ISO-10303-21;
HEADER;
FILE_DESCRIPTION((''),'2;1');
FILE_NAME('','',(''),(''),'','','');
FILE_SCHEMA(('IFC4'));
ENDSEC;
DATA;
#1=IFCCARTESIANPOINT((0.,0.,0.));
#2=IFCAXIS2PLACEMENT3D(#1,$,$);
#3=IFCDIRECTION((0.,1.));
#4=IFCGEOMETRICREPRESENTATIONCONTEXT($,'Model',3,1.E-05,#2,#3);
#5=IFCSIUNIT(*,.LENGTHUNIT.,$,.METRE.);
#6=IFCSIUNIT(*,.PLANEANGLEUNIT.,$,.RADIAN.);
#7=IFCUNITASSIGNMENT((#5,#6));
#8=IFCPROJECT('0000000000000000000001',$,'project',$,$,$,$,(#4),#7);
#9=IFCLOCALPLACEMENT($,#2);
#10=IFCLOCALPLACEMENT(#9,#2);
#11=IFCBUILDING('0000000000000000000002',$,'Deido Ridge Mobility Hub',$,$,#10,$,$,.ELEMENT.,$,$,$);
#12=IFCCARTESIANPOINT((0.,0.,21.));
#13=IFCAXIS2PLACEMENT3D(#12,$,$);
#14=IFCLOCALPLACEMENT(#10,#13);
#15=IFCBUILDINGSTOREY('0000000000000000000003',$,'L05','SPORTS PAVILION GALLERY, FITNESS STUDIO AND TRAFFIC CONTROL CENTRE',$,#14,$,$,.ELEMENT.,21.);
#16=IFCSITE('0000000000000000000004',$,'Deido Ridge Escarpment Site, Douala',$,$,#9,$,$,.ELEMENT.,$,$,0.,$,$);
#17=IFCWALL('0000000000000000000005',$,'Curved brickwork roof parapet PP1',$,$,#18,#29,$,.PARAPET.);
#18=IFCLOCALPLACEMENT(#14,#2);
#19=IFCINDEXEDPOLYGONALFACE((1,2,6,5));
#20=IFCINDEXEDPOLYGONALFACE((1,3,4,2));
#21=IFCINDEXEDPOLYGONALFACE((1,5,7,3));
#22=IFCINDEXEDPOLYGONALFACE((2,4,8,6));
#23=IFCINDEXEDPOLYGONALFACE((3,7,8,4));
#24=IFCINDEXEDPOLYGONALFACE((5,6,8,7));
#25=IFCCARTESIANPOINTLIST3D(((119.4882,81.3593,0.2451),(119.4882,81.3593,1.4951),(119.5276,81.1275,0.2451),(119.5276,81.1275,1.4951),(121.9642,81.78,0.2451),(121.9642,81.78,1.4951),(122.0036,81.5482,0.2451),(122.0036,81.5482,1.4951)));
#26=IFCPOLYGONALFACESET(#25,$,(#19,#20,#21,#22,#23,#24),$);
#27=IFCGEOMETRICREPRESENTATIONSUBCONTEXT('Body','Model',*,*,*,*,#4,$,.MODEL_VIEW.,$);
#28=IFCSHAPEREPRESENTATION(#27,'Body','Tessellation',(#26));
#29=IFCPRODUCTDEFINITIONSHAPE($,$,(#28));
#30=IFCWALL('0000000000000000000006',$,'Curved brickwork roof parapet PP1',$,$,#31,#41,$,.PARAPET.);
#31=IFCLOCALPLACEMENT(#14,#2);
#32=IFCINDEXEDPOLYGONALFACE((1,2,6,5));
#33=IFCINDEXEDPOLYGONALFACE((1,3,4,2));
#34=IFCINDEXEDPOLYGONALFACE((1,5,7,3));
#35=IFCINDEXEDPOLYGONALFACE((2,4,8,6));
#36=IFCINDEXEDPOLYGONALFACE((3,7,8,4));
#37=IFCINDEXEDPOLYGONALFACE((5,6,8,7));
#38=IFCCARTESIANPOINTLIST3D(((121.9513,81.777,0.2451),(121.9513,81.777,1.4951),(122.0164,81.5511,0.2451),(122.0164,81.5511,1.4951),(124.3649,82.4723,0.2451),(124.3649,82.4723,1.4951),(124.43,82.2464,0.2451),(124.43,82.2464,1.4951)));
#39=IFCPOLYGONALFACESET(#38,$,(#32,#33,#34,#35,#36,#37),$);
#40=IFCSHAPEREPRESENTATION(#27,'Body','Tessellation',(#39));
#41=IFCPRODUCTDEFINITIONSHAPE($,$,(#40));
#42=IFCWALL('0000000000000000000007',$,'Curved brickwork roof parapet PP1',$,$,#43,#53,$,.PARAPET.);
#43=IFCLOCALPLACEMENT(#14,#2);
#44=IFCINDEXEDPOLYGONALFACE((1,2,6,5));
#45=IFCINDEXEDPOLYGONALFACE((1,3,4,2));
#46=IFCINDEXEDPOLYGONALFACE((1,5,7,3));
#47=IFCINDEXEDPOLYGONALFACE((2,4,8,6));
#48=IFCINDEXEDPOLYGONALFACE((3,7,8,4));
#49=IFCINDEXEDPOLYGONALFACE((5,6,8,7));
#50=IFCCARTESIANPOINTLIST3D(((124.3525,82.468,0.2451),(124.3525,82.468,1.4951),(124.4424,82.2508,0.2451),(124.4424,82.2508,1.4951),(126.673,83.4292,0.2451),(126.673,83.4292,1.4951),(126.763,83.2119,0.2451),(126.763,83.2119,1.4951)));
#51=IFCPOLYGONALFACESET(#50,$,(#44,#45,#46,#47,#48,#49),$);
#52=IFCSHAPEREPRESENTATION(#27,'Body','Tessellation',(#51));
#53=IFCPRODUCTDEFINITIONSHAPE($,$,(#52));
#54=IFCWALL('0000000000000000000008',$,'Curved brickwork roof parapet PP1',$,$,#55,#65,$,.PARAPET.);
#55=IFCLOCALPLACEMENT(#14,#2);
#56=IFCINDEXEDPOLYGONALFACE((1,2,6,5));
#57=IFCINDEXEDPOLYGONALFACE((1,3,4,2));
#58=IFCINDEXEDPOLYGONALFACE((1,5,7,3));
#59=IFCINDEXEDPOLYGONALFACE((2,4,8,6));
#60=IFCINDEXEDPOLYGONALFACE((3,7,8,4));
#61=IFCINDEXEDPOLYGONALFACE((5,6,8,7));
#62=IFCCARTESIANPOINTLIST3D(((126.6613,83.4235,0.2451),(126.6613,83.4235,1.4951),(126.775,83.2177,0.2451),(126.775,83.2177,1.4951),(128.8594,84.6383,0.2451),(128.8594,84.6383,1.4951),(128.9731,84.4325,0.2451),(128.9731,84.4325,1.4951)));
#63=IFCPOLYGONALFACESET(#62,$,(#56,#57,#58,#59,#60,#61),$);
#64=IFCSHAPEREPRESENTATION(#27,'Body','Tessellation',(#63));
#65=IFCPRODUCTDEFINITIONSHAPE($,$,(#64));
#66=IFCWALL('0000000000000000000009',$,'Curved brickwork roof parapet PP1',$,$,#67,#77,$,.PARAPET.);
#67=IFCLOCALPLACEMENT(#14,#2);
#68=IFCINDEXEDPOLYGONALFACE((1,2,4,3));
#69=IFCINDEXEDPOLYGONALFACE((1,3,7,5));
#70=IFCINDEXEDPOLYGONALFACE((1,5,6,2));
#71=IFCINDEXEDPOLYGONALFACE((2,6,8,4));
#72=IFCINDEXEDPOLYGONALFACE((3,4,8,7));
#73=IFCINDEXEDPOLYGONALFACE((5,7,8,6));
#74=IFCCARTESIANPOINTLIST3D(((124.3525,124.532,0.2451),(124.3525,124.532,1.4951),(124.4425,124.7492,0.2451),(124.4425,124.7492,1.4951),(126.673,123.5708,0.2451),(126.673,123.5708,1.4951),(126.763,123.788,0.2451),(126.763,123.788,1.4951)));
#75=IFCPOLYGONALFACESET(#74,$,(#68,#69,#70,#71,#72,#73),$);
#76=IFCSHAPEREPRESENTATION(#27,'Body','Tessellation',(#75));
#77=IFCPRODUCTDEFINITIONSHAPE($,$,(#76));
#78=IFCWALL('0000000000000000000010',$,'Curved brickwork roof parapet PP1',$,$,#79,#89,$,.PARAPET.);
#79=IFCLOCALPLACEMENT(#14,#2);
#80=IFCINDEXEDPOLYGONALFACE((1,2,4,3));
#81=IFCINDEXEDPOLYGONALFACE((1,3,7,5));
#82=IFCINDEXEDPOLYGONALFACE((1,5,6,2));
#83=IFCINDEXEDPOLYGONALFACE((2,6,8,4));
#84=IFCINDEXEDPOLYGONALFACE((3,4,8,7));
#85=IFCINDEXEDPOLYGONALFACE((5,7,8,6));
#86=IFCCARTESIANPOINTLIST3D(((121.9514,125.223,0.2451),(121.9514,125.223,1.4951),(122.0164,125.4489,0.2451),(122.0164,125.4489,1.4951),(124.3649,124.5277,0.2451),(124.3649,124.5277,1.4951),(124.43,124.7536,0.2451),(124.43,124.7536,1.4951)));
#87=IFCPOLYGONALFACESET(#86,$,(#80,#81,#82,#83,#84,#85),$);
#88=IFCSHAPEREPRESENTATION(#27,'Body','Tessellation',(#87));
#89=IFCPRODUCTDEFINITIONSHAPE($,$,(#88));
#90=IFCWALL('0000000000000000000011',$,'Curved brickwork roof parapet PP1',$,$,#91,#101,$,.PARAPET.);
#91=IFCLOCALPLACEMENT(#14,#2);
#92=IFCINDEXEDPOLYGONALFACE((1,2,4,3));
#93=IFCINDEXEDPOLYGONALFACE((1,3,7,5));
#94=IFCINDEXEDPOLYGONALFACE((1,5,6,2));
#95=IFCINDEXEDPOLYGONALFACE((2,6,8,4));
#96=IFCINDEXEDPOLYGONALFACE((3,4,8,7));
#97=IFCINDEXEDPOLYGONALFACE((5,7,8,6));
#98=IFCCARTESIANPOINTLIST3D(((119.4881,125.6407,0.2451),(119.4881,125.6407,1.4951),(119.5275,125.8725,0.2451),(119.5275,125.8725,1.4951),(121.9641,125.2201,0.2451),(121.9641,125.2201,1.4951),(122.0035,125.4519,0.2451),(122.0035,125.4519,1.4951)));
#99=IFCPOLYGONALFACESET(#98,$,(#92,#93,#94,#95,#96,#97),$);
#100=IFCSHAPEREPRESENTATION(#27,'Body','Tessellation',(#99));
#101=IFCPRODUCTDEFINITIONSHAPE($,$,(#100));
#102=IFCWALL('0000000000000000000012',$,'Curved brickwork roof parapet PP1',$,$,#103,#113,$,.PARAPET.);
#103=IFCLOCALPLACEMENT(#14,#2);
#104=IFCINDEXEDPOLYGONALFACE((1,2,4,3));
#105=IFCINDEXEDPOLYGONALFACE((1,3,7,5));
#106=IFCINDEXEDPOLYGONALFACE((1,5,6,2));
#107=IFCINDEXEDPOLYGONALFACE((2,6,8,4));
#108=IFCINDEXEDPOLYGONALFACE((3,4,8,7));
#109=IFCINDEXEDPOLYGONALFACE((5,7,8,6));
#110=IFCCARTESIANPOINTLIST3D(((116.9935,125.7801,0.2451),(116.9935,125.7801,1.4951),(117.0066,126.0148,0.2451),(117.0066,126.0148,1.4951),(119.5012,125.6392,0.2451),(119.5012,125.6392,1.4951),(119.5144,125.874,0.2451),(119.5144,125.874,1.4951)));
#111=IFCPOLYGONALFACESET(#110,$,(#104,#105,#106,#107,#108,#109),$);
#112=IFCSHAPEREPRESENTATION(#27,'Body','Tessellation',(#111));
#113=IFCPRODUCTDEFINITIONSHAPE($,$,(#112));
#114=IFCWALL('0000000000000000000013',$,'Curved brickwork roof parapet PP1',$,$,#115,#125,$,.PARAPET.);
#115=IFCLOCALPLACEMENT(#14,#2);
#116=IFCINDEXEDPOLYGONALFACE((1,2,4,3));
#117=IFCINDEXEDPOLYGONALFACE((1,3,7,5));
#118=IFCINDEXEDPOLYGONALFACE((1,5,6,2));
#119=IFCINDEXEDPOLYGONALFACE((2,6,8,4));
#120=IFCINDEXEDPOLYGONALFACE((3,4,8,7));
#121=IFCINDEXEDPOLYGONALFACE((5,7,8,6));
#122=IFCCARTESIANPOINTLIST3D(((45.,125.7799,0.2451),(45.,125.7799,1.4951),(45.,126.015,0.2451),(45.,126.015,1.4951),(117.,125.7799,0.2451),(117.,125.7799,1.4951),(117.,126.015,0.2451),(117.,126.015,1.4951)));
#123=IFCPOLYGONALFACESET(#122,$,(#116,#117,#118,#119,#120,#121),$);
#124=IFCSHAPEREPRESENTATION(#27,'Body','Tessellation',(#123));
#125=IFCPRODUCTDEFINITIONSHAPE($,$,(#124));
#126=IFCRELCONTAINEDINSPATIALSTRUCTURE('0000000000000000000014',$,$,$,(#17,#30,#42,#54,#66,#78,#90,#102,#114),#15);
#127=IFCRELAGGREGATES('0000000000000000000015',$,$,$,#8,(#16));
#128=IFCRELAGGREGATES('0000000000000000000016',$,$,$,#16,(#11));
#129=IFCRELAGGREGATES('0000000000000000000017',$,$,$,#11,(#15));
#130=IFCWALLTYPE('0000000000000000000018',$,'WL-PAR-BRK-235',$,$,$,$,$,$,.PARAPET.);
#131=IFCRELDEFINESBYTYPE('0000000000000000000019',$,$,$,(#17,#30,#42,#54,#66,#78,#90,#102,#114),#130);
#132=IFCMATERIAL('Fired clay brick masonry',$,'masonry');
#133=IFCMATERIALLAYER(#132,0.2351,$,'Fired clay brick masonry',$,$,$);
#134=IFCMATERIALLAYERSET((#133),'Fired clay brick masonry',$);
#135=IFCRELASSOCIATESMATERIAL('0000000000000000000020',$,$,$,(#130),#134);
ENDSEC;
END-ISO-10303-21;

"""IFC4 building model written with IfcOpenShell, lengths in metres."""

from ifc_helpers import new_model, si_unit, direction, frame, frame_2d, origin, place, context, subcontext, project, spatial, rectangle, extrude, material, layer, layer_set, type_object, element, save


model = new_model("IFC4")

# Units and contexts
model_context = context("Model", 3, precision=1e-05, world=origin(), true_north=direction((0.0, 1.0)))
body_context = subcontext(model_context, "Body", "Model", "MODEL_VIEW")
ifc_project = project(units=[si_unit("LENGTHUNIT", "METRE"), si_unit("PLANEANGLEUNIT", "RADIAN")], contexts=[model_context])

# Site, building, storey
site_placement = place(None, origin())
site = spatial("IfcSite", under=ifc_project, at=site_placement, Name="Deido Ridge Escarpment Site, Douala", CompositionType="ELEMENT", RefElevation=0.0)
building_placement = place(site_placement, origin())
building = spatial("IfcBuilding", under=site, at=building_placement, Name="Deido Ridge Mobility Hub", CompositionType="ELEMENT")
storey_placement = place(building_placement, frame((0.0, 0.0, 21.0)))
storey = spatial("IfcBuildingStorey", under=building, at=storey_placement, Name="L05", Description="SPORTS PAVILION GALLERY, FITNESS STUDIO AND TRAFFIC CONTROL CENTRE", CompositionType="ELEMENT", Elevation=21.0)

# Walls
ifc_material_1 = material(Name="Fired clay brick masonry", Category="masonry")
ifc_layer = layer(ifc_material_1, 0.2351, Name="Fired clay brick masonry")
ifc_layer_set = layer_set([ifc_layer], Name="Fired clay brick masonry")
wall_type = type_object("IfcWallType", Name="WL-PAR-BRK-235", PredefinedType="PARAPET", material=ifc_layer_set)
wall_1_placement = place(storey_placement, frame((119.5078, 81.2434, 0.2451), z_axis=(0.0, 0.0, 1.0), x_axis=(0.985874, 0.167488, 0.0)))
element("IfcWall", 1, at=wall_1_placement, inside=storey, type_object=wall_type, Name="Curved brickwork roof parapet PP1", PredefinedType="PARAPET", context=body_context, shape_type="SweptSolid", body=[
    extrude(rectangle(XDim=2.5115, YDim=0.2351, at=frame_2d((1.2559, 0.0))), origin(), (0.0, 0.0, 1.0), 1.25),
])
for number, where, z_axis, x_axis, name in (
    (2, (121.9839, 81.6641, 0.2451), (0.0, 0.0, 1.0), (0.96092, 0.276826, 0.0), "Curved brickwork roof parapet PP1"),
    (3, (124.3975, 82.3594, 0.2451), (0.0, 0.0, 1.0), (0.923883, 0.382675, 0.0), "Curved brickwork roof parapet PP1"),
):
    element("IfcWall", number, at=place(storey_placement, frame(where, z_axis=z_axis, x_axis=x_axis)), inside=storey, type_object=wall_type, Name=name, PredefinedType="PARAPET", context=body_context, shape_type="SweptSolid", body=[
        extrude(rectangle(XDim=2.5117, YDim=0.2351, at=frame_2d((1.2559, 0.0))), origin(), (0.0, 0.0, 1.0), 1.25),
    ])
wall_2_placement = place(storey_placement, frame((126.718, 83.3206, 0.2451), z_axis=(0.0, 0.0, 1.0), x_axis=(0.875237, 0.483694, 0.0)))
element("IfcWall", 4, at=wall_2_placement, inside=storey, type_object=wall_type, Name="Curved brickwork roof parapet PP1", PredefinedType="PARAPET", context=body_context, shape_type="SweptSolid", body=[
    extrude(rectangle(XDim=2.5115, YDim=0.2351, at=frame_2d((1.2559, 0.0))), origin(), (0.0, 0.0, 1.0), 1.25),
])
for number, where, z_axis, x_axis, name in (
    (5, (126.718, 123.6794, 0.2451), (0.0, 0.0, 1.0), (-0.923883, 0.382675, 0.0), "Curved brickwork roof parapet PP1"),
    (6, (124.3975, 124.6406, 0.2451), (0.0, 0.0, 1.0), (-0.96092, 0.276826, 0.0), "Curved brickwork roof parapet PP1"),
):
    element("IfcWall", number, at=place(storey_placement, frame(where, z_axis=z_axis, x_axis=x_axis)), inside=storey, type_object=wall_type, Name=name, PredefinedType="PARAPET", context=body_context, shape_type="SweptSolid", body=[
        extrude(rectangle(XDim=2.5117, YDim=0.2351, at=frame_2d((1.2559, 0.0))), origin(), (0.0, 0.0, 1.0), 1.25),
    ])
wall_3_placement = place(storey_placement, frame((121.9839, 125.3359, 0.2451), z_axis=(0.0, 0.0, 1.0), x_axis=(-0.985874, 0.167488, 0.0)))
element("IfcWall", 7, at=wall_3_placement, inside=storey, type_object=wall_type, Name="Curved brickwork roof parapet PP1", PredefinedType="PARAPET", context=body_context, shape_type="SweptSolid", body=[
    extrude(rectangle(XDim=2.5115, YDim=0.2351, at=frame_2d((1.2559, 0.0))), origin(), (0.0, 0.0, 1.0), 1.25),
])
wall_4_placement = place(storey_placement, frame((119.5078, 125.7566, 0.2451), z_axis=(0.0, 0.0, 1.0), x_axis=(-0.998426, 0.056084, 0.0)))
element("IfcWall", 8, at=wall_4_placement, inside=storey, type_object=wall_type, Name="Curved brickwork roof parapet PP1", PredefinedType="PARAPET", context=body_context, shape_type="SweptSolid", body=[
    extrude(rectangle(XDim=2.5117, YDim=0.2351, at=frame_2d((1.2559, 0.0))), origin(), (0.0, 0.0, 1.0), 1.25),
])
wall_5_placement = place(storey_placement, frame((117.0, 125.8975, 0.2451), z_axis=(0.0, 0.0, 1.0), x_axis=(-1.0, 0.0, 0.0)))
element("IfcWall", 9, at=wall_5_placement, inside=storey, type_object=wall_type, Name="Curved brickwork roof parapet PP1", PredefinedType="PARAPET", context=body_context, shape_type="SweptSolid", body=[
    extrude(rectangle(XDim=72.0, YDim=0.2351, at=frame_2d((36.0, 0.0))), origin(), (0.0, 0.0, 1.0), 1.25),
])

save(model, "model.ifc")
